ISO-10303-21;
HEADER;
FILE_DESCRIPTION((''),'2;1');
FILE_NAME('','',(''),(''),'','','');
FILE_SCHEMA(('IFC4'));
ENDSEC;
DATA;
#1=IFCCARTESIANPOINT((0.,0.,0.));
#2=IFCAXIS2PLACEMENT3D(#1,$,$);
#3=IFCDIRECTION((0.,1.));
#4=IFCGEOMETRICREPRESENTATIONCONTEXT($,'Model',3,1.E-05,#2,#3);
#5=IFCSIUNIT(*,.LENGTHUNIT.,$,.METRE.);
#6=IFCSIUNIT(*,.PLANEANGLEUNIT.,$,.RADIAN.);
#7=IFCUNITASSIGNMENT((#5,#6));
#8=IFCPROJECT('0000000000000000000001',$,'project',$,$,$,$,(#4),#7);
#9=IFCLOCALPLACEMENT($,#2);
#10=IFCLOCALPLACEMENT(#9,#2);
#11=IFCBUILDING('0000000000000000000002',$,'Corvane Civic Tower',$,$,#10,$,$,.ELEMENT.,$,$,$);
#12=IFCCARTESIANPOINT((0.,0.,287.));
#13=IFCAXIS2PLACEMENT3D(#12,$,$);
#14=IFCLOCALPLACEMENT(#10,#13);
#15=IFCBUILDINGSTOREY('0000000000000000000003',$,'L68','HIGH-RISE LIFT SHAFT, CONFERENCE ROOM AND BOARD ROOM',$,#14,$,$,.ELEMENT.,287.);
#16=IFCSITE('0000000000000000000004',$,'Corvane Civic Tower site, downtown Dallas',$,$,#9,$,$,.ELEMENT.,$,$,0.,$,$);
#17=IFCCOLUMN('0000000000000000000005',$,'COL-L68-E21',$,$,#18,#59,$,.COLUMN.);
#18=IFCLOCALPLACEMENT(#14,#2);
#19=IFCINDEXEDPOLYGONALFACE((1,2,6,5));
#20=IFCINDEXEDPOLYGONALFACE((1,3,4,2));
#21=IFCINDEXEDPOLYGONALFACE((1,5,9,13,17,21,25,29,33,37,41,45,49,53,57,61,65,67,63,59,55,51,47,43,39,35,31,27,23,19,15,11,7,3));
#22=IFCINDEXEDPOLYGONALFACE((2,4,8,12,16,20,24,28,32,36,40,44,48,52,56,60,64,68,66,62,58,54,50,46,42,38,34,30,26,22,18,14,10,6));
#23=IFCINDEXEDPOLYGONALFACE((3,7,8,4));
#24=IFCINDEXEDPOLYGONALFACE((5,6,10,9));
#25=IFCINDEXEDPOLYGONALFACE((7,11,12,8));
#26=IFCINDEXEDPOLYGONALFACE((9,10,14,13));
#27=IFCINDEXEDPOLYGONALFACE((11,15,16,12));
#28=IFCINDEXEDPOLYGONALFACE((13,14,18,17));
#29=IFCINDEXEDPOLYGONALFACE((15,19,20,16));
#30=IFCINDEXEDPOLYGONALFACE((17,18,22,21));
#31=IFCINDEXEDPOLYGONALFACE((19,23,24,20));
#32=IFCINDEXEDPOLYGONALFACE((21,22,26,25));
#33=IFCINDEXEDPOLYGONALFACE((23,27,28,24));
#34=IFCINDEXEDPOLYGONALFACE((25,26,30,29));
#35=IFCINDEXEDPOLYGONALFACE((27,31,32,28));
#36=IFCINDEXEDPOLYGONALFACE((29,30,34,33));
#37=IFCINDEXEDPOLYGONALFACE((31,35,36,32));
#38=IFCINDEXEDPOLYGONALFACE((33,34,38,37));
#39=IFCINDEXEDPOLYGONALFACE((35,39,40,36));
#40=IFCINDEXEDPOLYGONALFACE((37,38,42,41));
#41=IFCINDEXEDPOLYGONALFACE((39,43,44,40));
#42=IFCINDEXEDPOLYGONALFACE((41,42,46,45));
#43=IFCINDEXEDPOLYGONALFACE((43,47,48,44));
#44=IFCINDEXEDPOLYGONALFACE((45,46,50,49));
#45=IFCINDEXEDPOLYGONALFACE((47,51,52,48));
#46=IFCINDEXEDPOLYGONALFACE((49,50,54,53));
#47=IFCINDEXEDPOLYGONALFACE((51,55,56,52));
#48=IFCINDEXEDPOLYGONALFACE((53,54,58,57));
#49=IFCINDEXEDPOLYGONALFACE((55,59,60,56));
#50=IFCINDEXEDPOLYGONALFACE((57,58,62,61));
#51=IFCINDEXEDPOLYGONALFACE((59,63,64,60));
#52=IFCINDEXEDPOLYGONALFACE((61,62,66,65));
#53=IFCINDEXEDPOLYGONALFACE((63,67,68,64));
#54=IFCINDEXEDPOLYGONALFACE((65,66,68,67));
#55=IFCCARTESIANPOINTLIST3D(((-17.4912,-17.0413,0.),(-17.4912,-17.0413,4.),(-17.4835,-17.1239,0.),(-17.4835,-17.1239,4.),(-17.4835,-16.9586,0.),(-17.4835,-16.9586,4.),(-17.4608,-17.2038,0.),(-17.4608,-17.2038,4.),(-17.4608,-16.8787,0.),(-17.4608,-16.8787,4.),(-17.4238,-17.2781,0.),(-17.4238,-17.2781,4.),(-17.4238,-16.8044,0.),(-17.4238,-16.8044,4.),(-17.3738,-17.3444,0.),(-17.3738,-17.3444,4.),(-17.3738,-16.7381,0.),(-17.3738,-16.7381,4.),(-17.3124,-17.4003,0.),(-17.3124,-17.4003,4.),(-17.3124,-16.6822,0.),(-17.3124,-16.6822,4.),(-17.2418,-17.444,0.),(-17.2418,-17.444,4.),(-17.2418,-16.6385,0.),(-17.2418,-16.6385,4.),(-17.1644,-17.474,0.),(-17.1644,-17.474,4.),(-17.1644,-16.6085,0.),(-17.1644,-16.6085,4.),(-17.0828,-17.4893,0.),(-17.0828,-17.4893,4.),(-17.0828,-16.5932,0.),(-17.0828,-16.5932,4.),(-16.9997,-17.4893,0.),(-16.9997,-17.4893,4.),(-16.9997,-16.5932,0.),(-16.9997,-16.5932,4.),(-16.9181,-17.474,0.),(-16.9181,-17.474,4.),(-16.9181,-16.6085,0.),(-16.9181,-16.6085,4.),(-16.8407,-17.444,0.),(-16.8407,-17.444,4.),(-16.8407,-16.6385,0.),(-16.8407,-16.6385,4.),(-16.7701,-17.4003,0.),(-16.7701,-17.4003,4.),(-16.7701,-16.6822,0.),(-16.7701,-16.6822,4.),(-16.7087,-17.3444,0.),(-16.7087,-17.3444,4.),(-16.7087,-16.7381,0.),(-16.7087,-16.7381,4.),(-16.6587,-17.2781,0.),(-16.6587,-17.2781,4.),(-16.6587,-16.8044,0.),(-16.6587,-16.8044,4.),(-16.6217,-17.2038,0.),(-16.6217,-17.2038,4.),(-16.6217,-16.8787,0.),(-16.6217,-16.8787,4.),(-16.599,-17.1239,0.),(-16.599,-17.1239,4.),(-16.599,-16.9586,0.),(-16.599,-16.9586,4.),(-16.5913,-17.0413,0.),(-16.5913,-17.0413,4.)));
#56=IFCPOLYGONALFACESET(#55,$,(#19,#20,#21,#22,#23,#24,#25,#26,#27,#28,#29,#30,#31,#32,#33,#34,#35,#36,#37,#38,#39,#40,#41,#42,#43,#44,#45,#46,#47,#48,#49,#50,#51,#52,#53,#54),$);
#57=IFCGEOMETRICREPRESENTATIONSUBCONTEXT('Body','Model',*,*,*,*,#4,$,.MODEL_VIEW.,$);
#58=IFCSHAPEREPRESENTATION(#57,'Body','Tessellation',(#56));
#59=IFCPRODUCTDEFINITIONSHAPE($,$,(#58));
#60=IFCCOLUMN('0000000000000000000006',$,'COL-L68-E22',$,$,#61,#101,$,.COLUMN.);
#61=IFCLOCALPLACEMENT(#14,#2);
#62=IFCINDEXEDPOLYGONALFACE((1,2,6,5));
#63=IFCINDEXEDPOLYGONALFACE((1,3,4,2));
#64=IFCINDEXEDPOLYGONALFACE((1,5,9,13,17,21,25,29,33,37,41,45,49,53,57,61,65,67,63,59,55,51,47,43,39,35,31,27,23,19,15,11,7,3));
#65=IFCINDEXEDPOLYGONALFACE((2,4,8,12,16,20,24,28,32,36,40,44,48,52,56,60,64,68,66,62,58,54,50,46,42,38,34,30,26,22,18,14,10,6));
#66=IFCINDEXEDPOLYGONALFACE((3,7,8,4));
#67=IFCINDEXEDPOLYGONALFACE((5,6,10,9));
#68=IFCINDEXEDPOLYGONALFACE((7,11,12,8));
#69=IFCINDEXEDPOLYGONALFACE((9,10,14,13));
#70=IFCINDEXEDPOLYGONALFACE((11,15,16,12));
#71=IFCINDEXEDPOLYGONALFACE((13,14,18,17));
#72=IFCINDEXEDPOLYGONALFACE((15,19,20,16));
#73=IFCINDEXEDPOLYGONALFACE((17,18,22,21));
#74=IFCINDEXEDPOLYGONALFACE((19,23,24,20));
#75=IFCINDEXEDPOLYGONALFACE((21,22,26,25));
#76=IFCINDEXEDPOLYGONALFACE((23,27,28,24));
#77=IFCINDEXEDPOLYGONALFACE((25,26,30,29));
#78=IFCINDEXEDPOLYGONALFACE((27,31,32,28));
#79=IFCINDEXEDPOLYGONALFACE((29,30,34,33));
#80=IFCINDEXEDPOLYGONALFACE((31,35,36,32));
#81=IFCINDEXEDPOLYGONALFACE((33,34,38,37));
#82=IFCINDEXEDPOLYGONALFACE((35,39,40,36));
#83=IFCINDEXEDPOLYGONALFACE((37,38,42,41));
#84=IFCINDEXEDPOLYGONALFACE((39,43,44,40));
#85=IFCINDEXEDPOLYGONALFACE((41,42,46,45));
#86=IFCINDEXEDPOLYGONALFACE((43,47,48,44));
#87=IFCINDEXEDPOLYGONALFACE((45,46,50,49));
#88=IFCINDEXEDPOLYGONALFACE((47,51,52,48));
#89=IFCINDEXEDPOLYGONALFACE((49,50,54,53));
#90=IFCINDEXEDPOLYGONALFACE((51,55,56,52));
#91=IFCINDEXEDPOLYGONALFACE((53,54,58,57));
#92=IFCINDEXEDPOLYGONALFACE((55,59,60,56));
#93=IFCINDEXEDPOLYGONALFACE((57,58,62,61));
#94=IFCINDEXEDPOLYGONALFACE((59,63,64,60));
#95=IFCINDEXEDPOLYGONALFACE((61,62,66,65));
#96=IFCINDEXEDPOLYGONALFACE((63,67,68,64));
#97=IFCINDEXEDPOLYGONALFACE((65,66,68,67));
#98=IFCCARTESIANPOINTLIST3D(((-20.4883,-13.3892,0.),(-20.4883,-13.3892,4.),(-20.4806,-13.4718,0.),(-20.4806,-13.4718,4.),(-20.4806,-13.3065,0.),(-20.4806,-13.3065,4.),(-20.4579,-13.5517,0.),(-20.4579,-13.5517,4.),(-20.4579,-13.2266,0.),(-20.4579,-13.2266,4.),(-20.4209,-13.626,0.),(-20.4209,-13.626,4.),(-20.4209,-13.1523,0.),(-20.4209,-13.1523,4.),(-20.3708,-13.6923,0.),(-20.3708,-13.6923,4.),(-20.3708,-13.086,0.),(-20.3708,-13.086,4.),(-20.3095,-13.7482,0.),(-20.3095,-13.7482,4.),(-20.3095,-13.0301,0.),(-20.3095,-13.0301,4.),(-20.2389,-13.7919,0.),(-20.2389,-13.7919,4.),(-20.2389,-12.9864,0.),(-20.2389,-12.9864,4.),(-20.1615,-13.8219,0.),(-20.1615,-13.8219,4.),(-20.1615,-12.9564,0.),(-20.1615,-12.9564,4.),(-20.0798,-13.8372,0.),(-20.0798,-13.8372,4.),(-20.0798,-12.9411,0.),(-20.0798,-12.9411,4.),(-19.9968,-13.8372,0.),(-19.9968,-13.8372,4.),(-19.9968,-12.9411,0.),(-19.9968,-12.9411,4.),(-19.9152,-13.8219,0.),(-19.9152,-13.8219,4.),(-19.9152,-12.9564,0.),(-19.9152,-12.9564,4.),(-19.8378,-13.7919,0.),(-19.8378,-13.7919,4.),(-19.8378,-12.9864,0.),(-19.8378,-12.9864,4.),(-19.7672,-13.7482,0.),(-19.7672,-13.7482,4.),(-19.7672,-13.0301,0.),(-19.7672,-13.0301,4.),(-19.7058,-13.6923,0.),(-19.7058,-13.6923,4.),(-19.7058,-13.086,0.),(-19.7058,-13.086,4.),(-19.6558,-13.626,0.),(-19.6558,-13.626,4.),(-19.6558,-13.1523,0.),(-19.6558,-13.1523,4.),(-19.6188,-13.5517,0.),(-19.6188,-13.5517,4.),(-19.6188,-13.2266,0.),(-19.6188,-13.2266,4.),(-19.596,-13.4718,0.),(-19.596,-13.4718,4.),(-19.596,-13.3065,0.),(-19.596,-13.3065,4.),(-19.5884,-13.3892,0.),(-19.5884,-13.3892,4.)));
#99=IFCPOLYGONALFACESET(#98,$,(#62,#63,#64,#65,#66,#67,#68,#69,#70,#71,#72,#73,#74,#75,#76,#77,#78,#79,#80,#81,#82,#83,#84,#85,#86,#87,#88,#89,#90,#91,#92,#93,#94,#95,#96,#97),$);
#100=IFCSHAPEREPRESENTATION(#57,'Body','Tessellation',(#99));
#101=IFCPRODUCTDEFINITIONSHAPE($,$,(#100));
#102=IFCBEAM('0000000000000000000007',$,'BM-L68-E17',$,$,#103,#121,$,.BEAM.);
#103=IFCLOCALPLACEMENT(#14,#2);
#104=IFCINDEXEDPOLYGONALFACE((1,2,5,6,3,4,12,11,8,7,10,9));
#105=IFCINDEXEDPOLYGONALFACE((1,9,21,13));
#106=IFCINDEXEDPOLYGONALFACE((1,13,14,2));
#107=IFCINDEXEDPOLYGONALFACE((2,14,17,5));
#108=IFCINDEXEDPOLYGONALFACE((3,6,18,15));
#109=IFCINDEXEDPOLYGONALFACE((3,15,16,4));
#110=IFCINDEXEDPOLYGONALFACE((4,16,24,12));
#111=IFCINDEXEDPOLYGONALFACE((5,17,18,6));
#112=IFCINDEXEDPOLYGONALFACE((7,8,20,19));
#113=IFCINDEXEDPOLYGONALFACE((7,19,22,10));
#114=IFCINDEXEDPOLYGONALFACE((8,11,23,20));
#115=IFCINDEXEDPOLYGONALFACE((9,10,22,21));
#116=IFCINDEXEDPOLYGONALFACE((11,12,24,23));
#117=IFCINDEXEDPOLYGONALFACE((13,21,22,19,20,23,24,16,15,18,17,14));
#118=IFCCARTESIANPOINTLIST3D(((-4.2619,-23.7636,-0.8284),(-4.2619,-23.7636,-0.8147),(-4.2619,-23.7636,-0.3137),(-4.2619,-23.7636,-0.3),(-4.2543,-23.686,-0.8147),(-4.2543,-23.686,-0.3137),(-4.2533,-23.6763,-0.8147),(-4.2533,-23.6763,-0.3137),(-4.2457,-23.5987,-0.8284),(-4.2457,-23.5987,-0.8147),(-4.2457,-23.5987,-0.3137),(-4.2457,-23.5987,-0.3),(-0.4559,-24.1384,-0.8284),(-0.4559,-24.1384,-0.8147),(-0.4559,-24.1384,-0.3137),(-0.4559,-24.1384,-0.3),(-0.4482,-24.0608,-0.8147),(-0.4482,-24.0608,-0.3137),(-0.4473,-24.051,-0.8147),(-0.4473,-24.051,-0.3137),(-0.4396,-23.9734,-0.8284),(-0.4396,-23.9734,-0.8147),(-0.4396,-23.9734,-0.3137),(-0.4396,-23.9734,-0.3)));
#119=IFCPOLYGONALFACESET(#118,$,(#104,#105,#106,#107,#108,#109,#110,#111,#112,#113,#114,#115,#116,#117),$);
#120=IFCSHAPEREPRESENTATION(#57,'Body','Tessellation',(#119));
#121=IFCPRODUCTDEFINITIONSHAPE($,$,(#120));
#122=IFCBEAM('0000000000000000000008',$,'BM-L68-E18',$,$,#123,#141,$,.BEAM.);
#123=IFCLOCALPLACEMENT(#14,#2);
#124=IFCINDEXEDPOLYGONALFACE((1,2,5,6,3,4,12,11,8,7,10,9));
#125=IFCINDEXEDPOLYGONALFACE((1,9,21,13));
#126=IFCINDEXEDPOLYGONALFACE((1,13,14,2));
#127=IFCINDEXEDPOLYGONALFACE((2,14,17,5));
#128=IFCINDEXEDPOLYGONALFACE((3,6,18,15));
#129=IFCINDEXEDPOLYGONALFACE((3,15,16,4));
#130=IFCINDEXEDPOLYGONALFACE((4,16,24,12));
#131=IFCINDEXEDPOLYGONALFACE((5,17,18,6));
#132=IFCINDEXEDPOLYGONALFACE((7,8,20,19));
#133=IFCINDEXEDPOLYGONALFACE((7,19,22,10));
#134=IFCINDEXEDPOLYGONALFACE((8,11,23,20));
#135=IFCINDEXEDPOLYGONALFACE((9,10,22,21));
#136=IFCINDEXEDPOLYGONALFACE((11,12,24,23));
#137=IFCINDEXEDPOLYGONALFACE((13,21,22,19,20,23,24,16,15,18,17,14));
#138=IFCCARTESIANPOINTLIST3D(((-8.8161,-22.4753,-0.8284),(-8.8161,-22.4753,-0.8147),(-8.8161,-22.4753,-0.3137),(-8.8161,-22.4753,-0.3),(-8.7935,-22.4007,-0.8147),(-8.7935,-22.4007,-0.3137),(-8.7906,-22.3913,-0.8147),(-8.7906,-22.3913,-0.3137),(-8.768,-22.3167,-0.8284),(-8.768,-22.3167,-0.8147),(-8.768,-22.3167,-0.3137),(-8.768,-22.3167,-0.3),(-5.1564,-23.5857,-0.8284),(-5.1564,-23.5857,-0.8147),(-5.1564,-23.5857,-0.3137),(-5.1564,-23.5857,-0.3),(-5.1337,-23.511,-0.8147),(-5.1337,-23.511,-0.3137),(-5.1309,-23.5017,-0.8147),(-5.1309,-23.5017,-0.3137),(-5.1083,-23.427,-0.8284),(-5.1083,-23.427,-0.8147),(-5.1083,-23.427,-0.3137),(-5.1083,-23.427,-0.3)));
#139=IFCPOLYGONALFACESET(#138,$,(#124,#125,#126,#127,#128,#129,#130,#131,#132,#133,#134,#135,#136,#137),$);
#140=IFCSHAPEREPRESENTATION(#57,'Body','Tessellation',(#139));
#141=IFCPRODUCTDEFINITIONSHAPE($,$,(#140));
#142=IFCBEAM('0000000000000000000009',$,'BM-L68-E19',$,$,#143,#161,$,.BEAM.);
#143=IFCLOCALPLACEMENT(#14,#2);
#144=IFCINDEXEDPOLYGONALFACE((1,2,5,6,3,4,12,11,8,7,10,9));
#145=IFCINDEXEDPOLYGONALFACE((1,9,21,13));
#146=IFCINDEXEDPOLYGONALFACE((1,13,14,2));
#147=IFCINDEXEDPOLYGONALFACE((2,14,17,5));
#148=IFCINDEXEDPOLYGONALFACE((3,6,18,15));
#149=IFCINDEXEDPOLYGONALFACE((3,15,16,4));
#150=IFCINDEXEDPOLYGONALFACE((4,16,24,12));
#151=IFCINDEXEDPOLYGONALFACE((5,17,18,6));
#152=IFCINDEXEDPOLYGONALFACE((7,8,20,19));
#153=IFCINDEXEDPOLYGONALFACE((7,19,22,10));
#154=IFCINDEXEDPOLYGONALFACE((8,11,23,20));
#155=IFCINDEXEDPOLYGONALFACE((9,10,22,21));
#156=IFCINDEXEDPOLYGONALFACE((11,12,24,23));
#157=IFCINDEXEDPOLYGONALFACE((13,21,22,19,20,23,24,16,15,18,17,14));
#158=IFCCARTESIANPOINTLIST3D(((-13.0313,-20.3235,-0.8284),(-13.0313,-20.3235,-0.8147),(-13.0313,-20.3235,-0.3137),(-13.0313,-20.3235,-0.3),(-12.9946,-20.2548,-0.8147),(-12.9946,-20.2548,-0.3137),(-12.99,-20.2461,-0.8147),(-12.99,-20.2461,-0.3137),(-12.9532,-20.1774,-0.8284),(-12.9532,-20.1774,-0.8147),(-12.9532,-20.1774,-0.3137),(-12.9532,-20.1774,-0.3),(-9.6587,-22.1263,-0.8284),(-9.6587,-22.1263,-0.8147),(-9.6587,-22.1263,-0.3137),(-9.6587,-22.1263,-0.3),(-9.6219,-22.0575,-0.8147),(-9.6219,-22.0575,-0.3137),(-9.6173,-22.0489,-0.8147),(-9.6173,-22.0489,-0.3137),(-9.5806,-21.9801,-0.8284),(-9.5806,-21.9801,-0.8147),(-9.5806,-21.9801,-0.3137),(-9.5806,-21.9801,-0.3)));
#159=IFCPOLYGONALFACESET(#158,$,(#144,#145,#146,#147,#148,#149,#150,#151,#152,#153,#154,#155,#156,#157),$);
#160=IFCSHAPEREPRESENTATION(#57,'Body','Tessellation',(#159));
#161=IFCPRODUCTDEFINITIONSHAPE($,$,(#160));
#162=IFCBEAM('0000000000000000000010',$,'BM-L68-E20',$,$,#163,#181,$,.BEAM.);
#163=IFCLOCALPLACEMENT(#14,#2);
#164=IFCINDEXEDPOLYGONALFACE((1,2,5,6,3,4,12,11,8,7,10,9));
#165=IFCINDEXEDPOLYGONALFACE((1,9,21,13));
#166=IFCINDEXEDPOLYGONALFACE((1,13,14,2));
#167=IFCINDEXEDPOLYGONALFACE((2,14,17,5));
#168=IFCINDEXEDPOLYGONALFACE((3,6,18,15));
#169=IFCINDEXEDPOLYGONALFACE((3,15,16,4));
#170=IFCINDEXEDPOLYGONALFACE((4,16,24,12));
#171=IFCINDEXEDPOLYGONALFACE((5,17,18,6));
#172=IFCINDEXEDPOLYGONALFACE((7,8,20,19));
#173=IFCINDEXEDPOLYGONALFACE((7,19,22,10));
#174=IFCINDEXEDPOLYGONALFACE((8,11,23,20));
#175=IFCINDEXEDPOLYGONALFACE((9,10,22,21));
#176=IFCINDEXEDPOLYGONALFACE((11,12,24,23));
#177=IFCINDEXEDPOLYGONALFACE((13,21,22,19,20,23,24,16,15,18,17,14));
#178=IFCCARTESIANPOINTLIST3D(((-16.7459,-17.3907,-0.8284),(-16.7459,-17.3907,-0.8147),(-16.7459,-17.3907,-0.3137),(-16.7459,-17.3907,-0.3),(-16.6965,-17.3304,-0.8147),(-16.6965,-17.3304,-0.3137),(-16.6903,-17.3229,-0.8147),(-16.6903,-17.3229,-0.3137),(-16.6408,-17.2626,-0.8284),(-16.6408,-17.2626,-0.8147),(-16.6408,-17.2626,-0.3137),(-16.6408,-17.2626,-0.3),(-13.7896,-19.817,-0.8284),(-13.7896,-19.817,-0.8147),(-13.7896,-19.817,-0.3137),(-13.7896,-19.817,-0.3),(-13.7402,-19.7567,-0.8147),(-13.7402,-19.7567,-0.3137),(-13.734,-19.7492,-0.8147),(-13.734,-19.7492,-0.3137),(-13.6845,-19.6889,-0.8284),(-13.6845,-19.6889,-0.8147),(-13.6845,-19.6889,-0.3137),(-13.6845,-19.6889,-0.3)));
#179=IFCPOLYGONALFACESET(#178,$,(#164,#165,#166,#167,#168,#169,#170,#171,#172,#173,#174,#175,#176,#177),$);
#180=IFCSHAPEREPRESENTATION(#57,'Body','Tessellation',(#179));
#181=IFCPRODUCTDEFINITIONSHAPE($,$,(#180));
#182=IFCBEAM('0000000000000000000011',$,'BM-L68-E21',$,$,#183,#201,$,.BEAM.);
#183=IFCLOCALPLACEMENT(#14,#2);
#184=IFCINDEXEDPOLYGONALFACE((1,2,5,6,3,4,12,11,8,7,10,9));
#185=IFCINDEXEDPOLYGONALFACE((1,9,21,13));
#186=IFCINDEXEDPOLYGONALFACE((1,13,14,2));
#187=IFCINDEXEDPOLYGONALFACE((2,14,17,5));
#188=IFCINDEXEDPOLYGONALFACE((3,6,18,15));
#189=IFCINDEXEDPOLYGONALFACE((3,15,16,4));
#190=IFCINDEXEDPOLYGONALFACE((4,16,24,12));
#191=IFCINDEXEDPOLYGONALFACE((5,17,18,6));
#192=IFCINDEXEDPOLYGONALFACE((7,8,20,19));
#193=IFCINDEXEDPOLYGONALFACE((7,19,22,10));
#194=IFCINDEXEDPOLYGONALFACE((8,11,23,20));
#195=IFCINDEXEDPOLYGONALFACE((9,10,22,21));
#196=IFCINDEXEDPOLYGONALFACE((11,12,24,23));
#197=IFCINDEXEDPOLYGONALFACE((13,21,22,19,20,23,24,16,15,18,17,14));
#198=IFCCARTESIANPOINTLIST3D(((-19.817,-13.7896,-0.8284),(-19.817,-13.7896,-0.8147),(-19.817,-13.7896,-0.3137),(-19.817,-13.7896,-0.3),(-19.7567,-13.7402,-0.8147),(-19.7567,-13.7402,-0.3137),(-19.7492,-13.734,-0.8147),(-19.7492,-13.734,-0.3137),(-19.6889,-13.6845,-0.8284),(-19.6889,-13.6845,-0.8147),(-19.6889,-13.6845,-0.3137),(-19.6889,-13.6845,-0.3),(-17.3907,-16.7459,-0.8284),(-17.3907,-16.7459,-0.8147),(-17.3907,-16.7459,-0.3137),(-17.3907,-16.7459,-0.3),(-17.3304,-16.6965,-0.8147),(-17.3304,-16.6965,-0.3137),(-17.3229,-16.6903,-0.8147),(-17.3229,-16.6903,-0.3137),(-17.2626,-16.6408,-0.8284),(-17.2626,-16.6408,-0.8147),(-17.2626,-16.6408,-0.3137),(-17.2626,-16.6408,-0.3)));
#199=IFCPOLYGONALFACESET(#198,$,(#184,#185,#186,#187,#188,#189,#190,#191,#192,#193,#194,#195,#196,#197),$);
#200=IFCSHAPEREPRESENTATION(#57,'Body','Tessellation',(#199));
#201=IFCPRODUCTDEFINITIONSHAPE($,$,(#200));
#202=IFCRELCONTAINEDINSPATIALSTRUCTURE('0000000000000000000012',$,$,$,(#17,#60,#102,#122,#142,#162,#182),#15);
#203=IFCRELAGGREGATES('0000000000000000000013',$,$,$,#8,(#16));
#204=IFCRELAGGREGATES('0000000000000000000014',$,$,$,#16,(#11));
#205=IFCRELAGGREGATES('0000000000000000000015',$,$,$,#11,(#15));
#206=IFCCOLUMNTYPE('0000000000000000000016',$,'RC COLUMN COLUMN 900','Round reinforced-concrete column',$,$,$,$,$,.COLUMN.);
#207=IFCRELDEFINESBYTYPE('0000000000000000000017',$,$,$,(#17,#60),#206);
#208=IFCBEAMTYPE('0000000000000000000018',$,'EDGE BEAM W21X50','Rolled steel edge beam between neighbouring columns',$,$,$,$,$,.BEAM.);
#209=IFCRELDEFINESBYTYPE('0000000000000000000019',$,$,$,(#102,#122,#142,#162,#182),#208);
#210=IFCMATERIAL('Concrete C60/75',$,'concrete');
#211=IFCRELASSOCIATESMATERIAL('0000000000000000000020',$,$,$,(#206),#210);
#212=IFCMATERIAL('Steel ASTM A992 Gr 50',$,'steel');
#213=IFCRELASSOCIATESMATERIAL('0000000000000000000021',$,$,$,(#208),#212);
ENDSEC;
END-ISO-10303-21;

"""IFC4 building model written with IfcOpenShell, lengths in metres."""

from ifc_helpers import new_model, si_unit, direction, frame, origin, origin_2d, place, context, subcontext, project, spatial, circle, i_section, extrude, material, material_profile, profile_set, type_object, element, save


model = new_model("IFC4")

# Units and contexts
model_context = context("Model", 3, precision=1e-05, world=origin(), true_north=direction((0.0, 1.0)))
body_context = subcontext(model_context, "Body", "Model", "MODEL_VIEW")
ifc_project = project(units=[si_unit("LENGTHUNIT", "METRE"), si_unit("PLANEANGLEUNIT", "RADIAN")], contexts=[model_context])

# Site, building, storey
site_placement = place(None, origin())
site = spatial("IfcSite", under=ifc_project, at=site_placement, Name="Corvane Civic Tower site, downtown Dallas", CompositionType="ELEMENT", RefElevation=0.0)
building_placement = place(site_placement, origin())
building = spatial("IfcBuilding", under=site, at=building_placement, Name="Corvane Civic Tower", CompositionType="ELEMENT")
storey_placement = place(building_placement, frame((0.0, 0.0, 287.0)))
storey = spatial("IfcBuildingStorey", under=building, at=storey_placement, Name="L68", Description="HIGH-RISE LIFT SHAFT, CONFERENCE ROOM AND BOARD ROOM", CompositionType="ELEMENT", Elevation=287.0)

# Columns
ifc_material_1 = material(Name="Concrete C60/75", Category="concrete")
ifc_material_profile_1 = material_profile(ifc_material_1, circle(Radius=0.45, at=origin_2d()), Name="COLUMN 900")
ifc_profile_set_1 = profile_set([ifc_material_profile_1], Name="Concrete C60/75")
column_type = type_object("IfcColumnType", Name="RC COLUMN COLUMN 900", Description="Round reinforced-concrete column", PredefinedType="COLUMN", material=ifc_profile_set_1)
for number, where, z_axis, x_axis, name in (
    (1, (-17.0413, -17.0413, 0.0), (0.0, 0.0, 1.0), (1.0, 0.0, 0.0), "COL-L68-E21"),
    (2, (-20.0383, -13.3892, 0.0), (0.0, 0.0, 1.0), (1.0, 0.0, 0.0), "COL-L68-E22"),
):
    element("IfcColumn", number, at=place(storey_placement, frame(where, z_axis=z_axis, x_axis=x_axis)), inside=storey, type_object=column_type, Name=name, PredefinedType="COLUMN", context=body_context, shape_type="SweptSolid", body=[
        extrude(circle(Radius=0.45, at=origin_2d()), origin(), (0.0, 0.0, 1.0), 4.0),
    ])

# Beams
ifc_material_2 = material(Name="Steel ASTM A992 Gr 50", Category="steel")
ifc_material_profile_2 = material_profile(ifc_material_2, i_section(OverallWidth=0.1658, OverallDepth=0.5283, WebThickness=0.0098, FlangeThickness=0.0137, at=origin_2d()), Name="W21X50")
ifc_profile_set_2 = profile_set([ifc_material_profile_2], Name="Steel ASTM A992 Gr 50")
beam_type_1 = type_object("IfcBeamType", Name="EDGE BEAM W21X50", Description="Rolled steel edge beam between neighbouring columns", PredefinedType="BEAM", material=ifc_profile_set_2)
for number, where, z_axis, x_axis, name in (
    (3, (-0.4478, -24.0559, -0.5642), (-0.995188, 0.097987, 0.0), (-0.097987, -0.995188, 0.0), "BM-L68-E17"),
    (4, (-5.1323, -23.5063, -0.5642), (-0.956926, 0.290333, 0.0), (-0.290333, -0.956926, 0.0), "BM-L68-E18"),
):
    element("IfcBeam", number, at=place(storey_placement, frame(where, z_axis=z_axis, x_axis=x_axis)), inside=storey, type_object=beam_type_1, Name=name, PredefinedType="BEAM", context=body_context, shape_type="SweptSolid", body=[
        extrude(i_section(OverallWidth=0.1658, OverallDepth=0.5283, WebThickness=0.0098, FlangeThickness=0.0137, at=origin_2d()), origin(), (0.0, 0.0, 1.0), 3.8245),
    ])
beam_1_placement = place(storey_placement, frame((-9.6196, -22.0532, -0.5642), z_axis=(-0.881914, 0.47141, 0.0), x_axis=(-0.47141, -0.881914, 0.0)))
element("IfcBeam", 5, at=beam_1_placement, inside=storey, type_object=beam_type_1, Name="BM-L68-E19", PredefinedType="BEAM", context=body_context, shape_type="SweptSolid", body=[
    extrude(i_section(OverallWidth=0.1658, OverallDepth=0.5283, WebThickness=0.0098, FlangeThickness=0.0137, at=origin_2d()), origin(), (0.0, 0.0, 1.0), 3.8242),
])
for number, where, z_axis, x_axis, name in (
    (6, (-13.7371, -19.7529, -0.5642), (-0.772998, 0.634409, 0.0), (-0.634409, -0.772998, 0.0), "BM-L68-E20"),
    (7, (-17.3267, -16.6934, -0.5642), (-0.634409, 0.772998, 0.0), (-0.772998, -0.634409, 0.0), "BM-L68-E21"),
):
    element("IfcBeam", number, at=place(storey_placement, frame(where, z_axis=z_axis, x_axis=x_axis)), inside=storey, type_object=beam_type_1, Name=name, PredefinedType="BEAM", context=body_context, shape_type="SweptSolid", body=[
        extrude(i_section(OverallWidth=0.1658, OverallDepth=0.5283, WebThickness=0.0098, FlangeThickness=0.0137, at=origin_2d()), origin(), (0.0, 0.0, 1.0), 3.8245),
    ])

save(model, "model.ifc")
